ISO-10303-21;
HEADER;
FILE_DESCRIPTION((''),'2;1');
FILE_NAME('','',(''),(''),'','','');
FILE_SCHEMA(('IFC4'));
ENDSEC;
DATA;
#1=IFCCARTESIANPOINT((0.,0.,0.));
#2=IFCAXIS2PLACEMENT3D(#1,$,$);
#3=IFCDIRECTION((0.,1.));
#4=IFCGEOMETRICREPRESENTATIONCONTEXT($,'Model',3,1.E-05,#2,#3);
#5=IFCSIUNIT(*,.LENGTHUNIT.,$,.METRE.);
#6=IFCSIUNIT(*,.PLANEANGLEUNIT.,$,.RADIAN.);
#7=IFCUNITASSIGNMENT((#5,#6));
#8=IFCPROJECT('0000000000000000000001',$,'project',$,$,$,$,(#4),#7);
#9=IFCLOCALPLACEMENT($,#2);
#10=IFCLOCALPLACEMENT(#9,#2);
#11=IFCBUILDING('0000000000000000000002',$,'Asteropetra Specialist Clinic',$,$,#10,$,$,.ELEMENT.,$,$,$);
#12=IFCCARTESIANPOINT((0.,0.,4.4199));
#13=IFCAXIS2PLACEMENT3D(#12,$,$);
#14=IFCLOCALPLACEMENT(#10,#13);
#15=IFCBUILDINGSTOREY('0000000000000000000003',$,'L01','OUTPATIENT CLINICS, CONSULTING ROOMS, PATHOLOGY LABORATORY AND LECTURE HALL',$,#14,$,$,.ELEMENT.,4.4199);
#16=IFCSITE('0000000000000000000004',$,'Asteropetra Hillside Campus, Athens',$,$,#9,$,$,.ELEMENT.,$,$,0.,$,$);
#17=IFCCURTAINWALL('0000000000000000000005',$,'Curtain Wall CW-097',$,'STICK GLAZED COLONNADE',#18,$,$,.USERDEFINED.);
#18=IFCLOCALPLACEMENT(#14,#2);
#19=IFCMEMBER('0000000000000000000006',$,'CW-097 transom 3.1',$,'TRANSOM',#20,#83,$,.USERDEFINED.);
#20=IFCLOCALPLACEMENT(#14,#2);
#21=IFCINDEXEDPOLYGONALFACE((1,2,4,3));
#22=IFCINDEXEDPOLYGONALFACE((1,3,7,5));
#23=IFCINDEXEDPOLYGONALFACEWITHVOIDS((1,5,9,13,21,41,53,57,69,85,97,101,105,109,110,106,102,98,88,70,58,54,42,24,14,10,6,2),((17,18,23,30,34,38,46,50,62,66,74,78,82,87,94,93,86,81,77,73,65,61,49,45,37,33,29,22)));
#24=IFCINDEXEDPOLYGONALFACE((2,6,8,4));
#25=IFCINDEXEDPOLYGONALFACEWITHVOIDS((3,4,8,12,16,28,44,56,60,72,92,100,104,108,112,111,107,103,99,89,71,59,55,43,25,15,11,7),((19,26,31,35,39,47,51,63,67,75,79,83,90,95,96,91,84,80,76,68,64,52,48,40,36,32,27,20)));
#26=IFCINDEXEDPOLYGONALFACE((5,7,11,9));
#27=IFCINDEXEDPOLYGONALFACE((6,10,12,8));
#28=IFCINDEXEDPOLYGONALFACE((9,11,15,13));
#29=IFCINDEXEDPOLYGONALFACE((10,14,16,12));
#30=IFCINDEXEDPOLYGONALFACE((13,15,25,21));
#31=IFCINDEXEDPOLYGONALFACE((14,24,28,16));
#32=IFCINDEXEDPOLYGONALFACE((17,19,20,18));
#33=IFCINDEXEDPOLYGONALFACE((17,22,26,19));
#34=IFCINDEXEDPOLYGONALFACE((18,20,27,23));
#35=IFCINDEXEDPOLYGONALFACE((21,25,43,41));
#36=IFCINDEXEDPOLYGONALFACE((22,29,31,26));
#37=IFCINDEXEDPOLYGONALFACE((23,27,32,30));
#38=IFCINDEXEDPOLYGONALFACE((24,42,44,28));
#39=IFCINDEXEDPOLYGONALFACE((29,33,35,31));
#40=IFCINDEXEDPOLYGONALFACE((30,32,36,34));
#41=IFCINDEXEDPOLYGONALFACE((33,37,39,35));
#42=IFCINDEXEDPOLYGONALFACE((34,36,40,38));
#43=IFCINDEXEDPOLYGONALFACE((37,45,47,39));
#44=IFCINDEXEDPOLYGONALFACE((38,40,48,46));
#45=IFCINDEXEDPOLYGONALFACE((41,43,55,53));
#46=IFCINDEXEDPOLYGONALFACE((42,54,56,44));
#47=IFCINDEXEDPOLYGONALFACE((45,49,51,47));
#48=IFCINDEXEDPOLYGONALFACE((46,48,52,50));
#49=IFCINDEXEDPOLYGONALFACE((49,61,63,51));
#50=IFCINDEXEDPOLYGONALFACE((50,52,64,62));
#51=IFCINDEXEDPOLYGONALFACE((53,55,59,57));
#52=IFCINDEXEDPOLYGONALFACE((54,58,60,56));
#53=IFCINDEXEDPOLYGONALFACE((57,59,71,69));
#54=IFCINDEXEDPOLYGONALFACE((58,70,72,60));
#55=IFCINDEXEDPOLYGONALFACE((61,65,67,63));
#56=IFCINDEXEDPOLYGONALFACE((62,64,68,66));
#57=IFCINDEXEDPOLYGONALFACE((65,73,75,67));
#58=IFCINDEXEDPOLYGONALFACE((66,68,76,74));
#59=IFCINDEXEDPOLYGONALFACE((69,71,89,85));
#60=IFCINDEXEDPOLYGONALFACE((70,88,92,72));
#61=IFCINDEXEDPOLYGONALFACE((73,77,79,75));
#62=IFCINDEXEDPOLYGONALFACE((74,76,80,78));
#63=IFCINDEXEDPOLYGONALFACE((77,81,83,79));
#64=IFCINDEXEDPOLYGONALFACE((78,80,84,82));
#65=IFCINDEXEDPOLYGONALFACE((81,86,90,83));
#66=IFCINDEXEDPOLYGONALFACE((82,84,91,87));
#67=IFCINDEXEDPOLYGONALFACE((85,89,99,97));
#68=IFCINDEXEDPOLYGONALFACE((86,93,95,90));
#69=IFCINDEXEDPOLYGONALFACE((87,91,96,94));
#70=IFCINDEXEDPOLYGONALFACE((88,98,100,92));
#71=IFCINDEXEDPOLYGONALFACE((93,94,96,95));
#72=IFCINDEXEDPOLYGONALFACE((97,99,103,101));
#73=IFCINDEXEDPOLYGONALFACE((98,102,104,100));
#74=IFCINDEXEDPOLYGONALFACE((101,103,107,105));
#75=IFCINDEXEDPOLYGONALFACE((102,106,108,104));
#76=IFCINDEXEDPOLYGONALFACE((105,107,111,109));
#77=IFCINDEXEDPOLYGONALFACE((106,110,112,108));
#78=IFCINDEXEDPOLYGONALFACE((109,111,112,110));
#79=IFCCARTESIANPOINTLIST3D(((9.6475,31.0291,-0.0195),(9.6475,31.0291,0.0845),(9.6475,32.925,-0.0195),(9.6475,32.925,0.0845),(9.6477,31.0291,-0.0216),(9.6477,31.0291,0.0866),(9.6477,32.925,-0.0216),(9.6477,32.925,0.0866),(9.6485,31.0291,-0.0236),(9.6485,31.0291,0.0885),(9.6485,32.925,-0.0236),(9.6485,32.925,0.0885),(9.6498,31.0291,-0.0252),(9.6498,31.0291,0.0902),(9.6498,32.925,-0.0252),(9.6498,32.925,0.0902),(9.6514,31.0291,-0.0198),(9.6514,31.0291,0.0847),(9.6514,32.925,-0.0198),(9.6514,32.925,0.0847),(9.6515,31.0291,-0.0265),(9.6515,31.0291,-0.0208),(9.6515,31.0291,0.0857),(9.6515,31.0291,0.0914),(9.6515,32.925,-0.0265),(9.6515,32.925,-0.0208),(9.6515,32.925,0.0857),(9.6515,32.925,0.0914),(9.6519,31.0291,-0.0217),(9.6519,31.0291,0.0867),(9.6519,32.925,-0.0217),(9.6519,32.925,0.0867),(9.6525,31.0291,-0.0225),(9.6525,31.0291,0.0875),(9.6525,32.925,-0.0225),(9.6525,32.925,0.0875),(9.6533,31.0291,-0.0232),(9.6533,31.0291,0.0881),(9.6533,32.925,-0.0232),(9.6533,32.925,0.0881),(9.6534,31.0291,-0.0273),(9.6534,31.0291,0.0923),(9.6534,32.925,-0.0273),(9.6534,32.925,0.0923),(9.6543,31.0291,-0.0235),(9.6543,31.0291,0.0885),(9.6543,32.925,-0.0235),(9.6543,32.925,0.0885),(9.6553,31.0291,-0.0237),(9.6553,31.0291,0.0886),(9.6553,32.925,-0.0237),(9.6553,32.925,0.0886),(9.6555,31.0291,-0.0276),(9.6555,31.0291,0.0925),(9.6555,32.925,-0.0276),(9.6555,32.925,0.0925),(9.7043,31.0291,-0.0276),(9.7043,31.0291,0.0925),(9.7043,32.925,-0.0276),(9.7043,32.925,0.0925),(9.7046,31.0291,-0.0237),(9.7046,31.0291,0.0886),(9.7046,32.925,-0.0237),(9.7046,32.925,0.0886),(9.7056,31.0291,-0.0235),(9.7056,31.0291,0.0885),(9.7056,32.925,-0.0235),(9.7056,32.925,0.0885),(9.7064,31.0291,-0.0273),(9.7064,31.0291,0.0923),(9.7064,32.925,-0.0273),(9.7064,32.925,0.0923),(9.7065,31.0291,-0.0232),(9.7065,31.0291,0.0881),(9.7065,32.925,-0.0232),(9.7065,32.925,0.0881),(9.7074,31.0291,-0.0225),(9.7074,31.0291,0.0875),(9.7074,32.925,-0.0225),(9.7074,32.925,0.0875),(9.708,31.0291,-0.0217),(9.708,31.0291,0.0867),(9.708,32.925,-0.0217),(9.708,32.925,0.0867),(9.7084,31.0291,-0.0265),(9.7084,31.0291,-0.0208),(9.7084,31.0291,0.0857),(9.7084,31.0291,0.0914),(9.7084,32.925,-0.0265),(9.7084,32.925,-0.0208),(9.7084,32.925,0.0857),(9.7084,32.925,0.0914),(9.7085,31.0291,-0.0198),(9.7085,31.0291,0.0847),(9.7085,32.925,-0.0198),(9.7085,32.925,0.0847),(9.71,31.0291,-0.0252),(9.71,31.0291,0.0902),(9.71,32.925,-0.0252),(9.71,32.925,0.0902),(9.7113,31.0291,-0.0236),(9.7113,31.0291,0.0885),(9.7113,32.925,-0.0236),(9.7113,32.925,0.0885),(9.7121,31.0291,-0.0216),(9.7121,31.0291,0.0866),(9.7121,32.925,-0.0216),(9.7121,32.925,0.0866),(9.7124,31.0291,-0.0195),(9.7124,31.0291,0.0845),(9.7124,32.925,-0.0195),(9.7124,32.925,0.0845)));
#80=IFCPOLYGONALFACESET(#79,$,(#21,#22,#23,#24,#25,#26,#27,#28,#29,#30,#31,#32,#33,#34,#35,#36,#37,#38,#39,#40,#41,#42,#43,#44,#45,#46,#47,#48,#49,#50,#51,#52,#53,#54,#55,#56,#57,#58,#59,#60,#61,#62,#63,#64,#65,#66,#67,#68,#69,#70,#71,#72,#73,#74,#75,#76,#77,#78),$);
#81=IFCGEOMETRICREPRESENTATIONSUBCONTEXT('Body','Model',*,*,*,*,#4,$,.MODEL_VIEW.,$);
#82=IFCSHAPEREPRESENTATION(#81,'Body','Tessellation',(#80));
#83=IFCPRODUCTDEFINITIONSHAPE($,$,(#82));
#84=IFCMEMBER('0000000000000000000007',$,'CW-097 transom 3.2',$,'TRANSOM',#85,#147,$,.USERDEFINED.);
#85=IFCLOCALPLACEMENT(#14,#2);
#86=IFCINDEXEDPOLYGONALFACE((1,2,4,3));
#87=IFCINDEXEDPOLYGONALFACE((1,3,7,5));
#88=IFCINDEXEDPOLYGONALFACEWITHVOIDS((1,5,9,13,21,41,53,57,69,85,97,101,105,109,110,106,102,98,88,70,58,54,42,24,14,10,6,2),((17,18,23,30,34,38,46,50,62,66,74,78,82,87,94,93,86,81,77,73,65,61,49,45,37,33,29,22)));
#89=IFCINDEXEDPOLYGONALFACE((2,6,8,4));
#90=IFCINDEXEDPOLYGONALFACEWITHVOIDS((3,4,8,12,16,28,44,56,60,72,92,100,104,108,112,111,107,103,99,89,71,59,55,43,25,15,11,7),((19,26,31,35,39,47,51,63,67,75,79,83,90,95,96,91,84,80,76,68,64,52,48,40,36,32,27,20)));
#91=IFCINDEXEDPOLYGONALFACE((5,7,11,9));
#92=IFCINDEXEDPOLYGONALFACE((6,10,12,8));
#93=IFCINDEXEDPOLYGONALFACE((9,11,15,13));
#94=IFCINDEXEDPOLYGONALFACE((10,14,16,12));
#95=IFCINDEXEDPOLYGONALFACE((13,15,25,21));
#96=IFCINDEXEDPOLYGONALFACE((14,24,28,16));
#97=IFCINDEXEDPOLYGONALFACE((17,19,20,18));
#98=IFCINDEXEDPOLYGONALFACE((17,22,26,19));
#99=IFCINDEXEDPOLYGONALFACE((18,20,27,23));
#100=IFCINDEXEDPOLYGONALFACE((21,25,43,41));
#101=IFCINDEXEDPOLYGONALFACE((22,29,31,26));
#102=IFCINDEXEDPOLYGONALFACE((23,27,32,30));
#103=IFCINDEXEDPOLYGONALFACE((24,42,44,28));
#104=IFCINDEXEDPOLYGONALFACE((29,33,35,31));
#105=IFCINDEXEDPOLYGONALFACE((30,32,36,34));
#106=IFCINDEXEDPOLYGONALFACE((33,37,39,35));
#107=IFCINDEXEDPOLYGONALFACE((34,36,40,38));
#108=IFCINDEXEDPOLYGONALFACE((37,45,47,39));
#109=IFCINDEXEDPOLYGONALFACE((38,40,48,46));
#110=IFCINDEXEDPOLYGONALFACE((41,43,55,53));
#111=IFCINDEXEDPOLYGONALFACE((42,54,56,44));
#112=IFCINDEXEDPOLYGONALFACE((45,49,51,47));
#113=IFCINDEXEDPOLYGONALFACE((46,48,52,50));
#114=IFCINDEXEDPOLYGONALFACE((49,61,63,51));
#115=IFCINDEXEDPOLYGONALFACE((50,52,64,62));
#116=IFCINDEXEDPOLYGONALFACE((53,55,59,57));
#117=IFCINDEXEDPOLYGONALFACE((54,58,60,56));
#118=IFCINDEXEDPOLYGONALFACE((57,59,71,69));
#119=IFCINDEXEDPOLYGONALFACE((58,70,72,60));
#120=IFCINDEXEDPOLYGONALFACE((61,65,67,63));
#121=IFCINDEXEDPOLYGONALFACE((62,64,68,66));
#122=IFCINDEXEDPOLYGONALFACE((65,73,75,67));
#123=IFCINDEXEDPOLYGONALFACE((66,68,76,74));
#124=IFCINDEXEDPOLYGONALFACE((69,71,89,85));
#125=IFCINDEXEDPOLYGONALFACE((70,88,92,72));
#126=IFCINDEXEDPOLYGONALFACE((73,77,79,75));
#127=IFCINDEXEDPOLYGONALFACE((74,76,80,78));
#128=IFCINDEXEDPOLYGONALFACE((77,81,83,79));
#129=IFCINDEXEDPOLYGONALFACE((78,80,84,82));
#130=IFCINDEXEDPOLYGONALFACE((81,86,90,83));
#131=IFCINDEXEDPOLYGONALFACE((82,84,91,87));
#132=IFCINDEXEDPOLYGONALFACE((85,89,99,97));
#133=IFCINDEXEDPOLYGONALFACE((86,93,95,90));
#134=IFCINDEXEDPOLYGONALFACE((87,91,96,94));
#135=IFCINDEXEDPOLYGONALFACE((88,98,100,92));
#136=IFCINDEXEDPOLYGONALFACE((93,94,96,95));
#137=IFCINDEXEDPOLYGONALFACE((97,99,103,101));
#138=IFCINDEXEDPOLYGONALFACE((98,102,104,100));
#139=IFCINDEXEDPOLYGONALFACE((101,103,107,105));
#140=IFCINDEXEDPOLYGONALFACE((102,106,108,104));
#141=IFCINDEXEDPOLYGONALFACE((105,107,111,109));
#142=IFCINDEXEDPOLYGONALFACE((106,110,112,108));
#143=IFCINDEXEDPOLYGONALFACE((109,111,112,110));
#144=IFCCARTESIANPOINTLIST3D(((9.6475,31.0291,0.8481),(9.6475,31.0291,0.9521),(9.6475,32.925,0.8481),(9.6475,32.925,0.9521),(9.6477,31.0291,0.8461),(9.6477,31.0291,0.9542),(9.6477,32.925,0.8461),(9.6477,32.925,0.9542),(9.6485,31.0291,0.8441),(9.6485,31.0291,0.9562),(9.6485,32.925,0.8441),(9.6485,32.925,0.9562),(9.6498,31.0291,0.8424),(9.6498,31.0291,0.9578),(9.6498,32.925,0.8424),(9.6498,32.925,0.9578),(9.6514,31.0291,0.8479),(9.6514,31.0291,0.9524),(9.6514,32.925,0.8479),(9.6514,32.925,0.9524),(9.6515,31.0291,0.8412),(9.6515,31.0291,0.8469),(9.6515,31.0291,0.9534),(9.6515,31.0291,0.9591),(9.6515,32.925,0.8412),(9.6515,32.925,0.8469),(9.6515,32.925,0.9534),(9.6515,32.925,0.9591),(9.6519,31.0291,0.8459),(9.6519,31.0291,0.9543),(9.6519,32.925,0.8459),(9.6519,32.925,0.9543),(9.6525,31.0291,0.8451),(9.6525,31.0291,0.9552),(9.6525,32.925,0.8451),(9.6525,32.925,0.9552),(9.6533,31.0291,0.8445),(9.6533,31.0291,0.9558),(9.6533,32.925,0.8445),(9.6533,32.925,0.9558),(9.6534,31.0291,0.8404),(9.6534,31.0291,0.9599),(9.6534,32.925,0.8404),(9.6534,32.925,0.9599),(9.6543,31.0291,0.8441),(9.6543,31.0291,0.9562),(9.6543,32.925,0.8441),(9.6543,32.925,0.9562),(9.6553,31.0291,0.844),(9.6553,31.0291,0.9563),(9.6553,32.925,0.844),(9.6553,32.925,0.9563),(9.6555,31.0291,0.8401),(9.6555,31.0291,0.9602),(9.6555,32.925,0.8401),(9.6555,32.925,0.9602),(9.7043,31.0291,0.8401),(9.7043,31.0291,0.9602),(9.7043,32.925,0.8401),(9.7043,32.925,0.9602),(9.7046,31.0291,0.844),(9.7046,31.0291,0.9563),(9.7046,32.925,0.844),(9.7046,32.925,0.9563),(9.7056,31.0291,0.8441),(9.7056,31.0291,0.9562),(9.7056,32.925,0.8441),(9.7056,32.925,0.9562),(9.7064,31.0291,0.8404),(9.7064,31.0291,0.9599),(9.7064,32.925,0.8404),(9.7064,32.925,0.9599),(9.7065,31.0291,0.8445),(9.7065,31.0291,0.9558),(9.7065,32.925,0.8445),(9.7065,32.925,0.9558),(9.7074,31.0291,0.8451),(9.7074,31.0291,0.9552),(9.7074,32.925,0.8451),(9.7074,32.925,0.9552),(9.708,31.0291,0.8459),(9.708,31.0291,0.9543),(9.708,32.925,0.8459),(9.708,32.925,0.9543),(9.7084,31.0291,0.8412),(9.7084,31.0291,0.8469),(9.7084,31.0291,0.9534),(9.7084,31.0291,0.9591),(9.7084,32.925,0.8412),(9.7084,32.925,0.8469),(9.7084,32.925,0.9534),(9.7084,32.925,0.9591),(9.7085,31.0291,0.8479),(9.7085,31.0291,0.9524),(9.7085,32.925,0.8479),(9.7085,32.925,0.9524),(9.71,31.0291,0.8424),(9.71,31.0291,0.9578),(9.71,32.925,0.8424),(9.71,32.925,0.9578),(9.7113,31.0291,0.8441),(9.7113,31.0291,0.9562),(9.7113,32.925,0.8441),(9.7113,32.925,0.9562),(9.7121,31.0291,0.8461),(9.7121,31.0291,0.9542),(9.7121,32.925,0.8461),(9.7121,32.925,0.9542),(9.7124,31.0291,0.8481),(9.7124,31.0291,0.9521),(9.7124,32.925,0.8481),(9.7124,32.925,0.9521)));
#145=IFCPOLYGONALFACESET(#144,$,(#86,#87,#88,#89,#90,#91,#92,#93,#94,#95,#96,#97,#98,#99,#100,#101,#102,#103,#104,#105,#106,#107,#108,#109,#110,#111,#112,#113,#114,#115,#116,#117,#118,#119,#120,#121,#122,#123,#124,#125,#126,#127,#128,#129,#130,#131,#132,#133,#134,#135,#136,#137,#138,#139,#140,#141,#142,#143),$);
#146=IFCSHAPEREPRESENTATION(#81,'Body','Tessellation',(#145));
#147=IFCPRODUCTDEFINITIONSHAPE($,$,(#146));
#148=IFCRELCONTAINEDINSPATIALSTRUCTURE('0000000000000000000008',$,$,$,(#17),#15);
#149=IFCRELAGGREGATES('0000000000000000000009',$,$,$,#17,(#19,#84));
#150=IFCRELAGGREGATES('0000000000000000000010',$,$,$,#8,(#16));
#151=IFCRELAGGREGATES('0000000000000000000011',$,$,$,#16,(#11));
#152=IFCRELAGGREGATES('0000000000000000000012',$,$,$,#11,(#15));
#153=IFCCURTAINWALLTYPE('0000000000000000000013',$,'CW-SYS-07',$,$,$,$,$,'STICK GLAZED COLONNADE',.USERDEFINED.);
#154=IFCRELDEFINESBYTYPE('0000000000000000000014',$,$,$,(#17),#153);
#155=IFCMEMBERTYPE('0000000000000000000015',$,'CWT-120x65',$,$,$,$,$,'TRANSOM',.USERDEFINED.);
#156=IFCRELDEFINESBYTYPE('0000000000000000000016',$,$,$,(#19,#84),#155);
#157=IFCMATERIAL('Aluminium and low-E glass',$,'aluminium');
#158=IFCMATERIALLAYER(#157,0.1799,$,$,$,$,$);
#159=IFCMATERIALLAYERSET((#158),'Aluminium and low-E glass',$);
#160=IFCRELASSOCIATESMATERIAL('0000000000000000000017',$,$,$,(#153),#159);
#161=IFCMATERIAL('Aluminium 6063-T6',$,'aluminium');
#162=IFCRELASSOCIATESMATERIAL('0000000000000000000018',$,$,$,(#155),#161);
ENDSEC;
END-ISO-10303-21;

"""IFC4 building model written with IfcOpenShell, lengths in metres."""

from ifc_helpers import new_model, si_unit, direction, frame, origin, origin_2d, place, context, subcontext, project, spatial, hollow_rectangle, extrude, material, layer, layer_set, material_profile, profile_set, type_object, element, aggregate, save


model = new_model("IFC4")

# Units and contexts
model_context = context("Model", 3, precision=1e-05, world=origin(), true_north=direction((0.0, 1.0)))
body_context = subcontext(model_context, "Body", "Model", "MODEL_VIEW")
ifc_project = project(units=[si_unit("LENGTHUNIT", "METRE"), si_unit("PLANEANGLEUNIT", "RADIAN")], contexts=[model_context])

# Site, building, storey
site_placement = place(None, origin())
site = spatial("IfcSite", under=ifc_project, at=site_placement, Name="Asteropetra Hillside Campus, Athens", CompositionType="ELEMENT", RefElevation=0.0)
building_placement = place(site_placement, origin())
building = spatial("IfcBuilding", under=site, at=building_placement, Name="Asteropetra Specialist Clinic", CompositionType="ELEMENT")
storey_placement = place(building_placement, frame((0.0, 0.0, 4.4199)))
storey = spatial("IfcBuildingStorey", under=building, at=storey_placement, Name="L01", Description="OUTPATIENT CLINICS, CONSULTING ROOMS, PATHOLOGY LABORATORY AND LECTURE HALL", CompositionType="ELEMENT", Elevation=4.4199)

# Curtain wall, members
ifc_material_1 = material(Name="Aluminium and low-E glass", Category="aluminium")
ifc_layer_1 = layer(ifc_material_1, 0.1799)
ifc_layer_set_1 = layer_set([ifc_layer_1], Name="Aluminium and low-E glass")
curtain_wall_type = type_object("IfcCurtainWallType", Name="CW-SYS-07", ElementType="STICK GLAZED COLONNADE", PredefinedType="USERDEFINED", material=ifc_layer_set_1)
curtain_wall_placement = place(storey_placement, origin())
curtain_wall = element("IfcCurtainWall", 1, at=curtain_wall_placement, inside=storey, type_object=curtain_wall_type, Name="Curtain Wall CW-097", ObjectType="STICK GLAZED COLONNADE", PredefinedType="USERDEFINED")
ifc_material_2 = material(Name="Aluminium 6063-T6", Category="aluminium")
ifc_material_profile_1 = material_profile(ifc_material_2, hollow_rectangle(XDim=0.0649, YDim=0.1201, WallThickness=0.0039, InnerFilletRadius=0.0039, OuterFilletRadius=0.0081, at=origin_2d()), Name="TRN 120x65x4.0")
ifc_profile_set_1 = profile_set([ifc_material_profile_1], Name="Aluminium 6063-T6")
member_type_1 = type_object("IfcMemberType", Name="CWT-120x65", ElementType="TRANSOM", PredefinedType="USERDEFINED", material=ifc_profile_set_1)
member_1_placement = place(storey_placement, frame((9.6799, 31.0291, 0.0325), z_axis=(0.0, 1.0, 0.0), x_axis=(-1.0, 0.0, 0.0)))
member_1 = element("IfcMember", 2, at=member_1_placement, type_object=member_type_1, Name="CW-097 transom 3.1", ObjectType="TRANSOM", PredefinedType="USERDEFINED", context=body_context, shape_type="SweptSolid", body=[
    extrude(hollow_rectangle(XDim=0.0649, YDim=0.1201, WallThickness=0.0039, InnerFilletRadius=0.0039, OuterFilletRadius=0.0081, at=origin_2d()), origin(), (0.0, 0.0, 1.0), 1.896),
])
member_2_placement = place(storey_placement, frame((9.6799, 31.0291, 0.9001), z_axis=(0.0, 1.0, 0.0), x_axis=(-1.0, 0.0, 0.0)))
member_2 = element("IfcMember", 3, at=member_2_placement, type_object=member_type_1, Name="CW-097 transom 3.2", ObjectType="TRANSOM", PredefinedType="USERDEFINED", context=body_context, shape_type="SweptSolid", body=[
    extrude(hollow_rectangle(XDim=0.0649, YDim=0.1201, WallThickness=0.0039, InnerFilletRadius=0.0039, OuterFilletRadius=0.0081, at=origin_2d()), origin(), (0.0, 0.0, 1.0), 1.896),
])

aggregate(curtain_wall, [member_1, member_2])

save(model, "model.ifc")
